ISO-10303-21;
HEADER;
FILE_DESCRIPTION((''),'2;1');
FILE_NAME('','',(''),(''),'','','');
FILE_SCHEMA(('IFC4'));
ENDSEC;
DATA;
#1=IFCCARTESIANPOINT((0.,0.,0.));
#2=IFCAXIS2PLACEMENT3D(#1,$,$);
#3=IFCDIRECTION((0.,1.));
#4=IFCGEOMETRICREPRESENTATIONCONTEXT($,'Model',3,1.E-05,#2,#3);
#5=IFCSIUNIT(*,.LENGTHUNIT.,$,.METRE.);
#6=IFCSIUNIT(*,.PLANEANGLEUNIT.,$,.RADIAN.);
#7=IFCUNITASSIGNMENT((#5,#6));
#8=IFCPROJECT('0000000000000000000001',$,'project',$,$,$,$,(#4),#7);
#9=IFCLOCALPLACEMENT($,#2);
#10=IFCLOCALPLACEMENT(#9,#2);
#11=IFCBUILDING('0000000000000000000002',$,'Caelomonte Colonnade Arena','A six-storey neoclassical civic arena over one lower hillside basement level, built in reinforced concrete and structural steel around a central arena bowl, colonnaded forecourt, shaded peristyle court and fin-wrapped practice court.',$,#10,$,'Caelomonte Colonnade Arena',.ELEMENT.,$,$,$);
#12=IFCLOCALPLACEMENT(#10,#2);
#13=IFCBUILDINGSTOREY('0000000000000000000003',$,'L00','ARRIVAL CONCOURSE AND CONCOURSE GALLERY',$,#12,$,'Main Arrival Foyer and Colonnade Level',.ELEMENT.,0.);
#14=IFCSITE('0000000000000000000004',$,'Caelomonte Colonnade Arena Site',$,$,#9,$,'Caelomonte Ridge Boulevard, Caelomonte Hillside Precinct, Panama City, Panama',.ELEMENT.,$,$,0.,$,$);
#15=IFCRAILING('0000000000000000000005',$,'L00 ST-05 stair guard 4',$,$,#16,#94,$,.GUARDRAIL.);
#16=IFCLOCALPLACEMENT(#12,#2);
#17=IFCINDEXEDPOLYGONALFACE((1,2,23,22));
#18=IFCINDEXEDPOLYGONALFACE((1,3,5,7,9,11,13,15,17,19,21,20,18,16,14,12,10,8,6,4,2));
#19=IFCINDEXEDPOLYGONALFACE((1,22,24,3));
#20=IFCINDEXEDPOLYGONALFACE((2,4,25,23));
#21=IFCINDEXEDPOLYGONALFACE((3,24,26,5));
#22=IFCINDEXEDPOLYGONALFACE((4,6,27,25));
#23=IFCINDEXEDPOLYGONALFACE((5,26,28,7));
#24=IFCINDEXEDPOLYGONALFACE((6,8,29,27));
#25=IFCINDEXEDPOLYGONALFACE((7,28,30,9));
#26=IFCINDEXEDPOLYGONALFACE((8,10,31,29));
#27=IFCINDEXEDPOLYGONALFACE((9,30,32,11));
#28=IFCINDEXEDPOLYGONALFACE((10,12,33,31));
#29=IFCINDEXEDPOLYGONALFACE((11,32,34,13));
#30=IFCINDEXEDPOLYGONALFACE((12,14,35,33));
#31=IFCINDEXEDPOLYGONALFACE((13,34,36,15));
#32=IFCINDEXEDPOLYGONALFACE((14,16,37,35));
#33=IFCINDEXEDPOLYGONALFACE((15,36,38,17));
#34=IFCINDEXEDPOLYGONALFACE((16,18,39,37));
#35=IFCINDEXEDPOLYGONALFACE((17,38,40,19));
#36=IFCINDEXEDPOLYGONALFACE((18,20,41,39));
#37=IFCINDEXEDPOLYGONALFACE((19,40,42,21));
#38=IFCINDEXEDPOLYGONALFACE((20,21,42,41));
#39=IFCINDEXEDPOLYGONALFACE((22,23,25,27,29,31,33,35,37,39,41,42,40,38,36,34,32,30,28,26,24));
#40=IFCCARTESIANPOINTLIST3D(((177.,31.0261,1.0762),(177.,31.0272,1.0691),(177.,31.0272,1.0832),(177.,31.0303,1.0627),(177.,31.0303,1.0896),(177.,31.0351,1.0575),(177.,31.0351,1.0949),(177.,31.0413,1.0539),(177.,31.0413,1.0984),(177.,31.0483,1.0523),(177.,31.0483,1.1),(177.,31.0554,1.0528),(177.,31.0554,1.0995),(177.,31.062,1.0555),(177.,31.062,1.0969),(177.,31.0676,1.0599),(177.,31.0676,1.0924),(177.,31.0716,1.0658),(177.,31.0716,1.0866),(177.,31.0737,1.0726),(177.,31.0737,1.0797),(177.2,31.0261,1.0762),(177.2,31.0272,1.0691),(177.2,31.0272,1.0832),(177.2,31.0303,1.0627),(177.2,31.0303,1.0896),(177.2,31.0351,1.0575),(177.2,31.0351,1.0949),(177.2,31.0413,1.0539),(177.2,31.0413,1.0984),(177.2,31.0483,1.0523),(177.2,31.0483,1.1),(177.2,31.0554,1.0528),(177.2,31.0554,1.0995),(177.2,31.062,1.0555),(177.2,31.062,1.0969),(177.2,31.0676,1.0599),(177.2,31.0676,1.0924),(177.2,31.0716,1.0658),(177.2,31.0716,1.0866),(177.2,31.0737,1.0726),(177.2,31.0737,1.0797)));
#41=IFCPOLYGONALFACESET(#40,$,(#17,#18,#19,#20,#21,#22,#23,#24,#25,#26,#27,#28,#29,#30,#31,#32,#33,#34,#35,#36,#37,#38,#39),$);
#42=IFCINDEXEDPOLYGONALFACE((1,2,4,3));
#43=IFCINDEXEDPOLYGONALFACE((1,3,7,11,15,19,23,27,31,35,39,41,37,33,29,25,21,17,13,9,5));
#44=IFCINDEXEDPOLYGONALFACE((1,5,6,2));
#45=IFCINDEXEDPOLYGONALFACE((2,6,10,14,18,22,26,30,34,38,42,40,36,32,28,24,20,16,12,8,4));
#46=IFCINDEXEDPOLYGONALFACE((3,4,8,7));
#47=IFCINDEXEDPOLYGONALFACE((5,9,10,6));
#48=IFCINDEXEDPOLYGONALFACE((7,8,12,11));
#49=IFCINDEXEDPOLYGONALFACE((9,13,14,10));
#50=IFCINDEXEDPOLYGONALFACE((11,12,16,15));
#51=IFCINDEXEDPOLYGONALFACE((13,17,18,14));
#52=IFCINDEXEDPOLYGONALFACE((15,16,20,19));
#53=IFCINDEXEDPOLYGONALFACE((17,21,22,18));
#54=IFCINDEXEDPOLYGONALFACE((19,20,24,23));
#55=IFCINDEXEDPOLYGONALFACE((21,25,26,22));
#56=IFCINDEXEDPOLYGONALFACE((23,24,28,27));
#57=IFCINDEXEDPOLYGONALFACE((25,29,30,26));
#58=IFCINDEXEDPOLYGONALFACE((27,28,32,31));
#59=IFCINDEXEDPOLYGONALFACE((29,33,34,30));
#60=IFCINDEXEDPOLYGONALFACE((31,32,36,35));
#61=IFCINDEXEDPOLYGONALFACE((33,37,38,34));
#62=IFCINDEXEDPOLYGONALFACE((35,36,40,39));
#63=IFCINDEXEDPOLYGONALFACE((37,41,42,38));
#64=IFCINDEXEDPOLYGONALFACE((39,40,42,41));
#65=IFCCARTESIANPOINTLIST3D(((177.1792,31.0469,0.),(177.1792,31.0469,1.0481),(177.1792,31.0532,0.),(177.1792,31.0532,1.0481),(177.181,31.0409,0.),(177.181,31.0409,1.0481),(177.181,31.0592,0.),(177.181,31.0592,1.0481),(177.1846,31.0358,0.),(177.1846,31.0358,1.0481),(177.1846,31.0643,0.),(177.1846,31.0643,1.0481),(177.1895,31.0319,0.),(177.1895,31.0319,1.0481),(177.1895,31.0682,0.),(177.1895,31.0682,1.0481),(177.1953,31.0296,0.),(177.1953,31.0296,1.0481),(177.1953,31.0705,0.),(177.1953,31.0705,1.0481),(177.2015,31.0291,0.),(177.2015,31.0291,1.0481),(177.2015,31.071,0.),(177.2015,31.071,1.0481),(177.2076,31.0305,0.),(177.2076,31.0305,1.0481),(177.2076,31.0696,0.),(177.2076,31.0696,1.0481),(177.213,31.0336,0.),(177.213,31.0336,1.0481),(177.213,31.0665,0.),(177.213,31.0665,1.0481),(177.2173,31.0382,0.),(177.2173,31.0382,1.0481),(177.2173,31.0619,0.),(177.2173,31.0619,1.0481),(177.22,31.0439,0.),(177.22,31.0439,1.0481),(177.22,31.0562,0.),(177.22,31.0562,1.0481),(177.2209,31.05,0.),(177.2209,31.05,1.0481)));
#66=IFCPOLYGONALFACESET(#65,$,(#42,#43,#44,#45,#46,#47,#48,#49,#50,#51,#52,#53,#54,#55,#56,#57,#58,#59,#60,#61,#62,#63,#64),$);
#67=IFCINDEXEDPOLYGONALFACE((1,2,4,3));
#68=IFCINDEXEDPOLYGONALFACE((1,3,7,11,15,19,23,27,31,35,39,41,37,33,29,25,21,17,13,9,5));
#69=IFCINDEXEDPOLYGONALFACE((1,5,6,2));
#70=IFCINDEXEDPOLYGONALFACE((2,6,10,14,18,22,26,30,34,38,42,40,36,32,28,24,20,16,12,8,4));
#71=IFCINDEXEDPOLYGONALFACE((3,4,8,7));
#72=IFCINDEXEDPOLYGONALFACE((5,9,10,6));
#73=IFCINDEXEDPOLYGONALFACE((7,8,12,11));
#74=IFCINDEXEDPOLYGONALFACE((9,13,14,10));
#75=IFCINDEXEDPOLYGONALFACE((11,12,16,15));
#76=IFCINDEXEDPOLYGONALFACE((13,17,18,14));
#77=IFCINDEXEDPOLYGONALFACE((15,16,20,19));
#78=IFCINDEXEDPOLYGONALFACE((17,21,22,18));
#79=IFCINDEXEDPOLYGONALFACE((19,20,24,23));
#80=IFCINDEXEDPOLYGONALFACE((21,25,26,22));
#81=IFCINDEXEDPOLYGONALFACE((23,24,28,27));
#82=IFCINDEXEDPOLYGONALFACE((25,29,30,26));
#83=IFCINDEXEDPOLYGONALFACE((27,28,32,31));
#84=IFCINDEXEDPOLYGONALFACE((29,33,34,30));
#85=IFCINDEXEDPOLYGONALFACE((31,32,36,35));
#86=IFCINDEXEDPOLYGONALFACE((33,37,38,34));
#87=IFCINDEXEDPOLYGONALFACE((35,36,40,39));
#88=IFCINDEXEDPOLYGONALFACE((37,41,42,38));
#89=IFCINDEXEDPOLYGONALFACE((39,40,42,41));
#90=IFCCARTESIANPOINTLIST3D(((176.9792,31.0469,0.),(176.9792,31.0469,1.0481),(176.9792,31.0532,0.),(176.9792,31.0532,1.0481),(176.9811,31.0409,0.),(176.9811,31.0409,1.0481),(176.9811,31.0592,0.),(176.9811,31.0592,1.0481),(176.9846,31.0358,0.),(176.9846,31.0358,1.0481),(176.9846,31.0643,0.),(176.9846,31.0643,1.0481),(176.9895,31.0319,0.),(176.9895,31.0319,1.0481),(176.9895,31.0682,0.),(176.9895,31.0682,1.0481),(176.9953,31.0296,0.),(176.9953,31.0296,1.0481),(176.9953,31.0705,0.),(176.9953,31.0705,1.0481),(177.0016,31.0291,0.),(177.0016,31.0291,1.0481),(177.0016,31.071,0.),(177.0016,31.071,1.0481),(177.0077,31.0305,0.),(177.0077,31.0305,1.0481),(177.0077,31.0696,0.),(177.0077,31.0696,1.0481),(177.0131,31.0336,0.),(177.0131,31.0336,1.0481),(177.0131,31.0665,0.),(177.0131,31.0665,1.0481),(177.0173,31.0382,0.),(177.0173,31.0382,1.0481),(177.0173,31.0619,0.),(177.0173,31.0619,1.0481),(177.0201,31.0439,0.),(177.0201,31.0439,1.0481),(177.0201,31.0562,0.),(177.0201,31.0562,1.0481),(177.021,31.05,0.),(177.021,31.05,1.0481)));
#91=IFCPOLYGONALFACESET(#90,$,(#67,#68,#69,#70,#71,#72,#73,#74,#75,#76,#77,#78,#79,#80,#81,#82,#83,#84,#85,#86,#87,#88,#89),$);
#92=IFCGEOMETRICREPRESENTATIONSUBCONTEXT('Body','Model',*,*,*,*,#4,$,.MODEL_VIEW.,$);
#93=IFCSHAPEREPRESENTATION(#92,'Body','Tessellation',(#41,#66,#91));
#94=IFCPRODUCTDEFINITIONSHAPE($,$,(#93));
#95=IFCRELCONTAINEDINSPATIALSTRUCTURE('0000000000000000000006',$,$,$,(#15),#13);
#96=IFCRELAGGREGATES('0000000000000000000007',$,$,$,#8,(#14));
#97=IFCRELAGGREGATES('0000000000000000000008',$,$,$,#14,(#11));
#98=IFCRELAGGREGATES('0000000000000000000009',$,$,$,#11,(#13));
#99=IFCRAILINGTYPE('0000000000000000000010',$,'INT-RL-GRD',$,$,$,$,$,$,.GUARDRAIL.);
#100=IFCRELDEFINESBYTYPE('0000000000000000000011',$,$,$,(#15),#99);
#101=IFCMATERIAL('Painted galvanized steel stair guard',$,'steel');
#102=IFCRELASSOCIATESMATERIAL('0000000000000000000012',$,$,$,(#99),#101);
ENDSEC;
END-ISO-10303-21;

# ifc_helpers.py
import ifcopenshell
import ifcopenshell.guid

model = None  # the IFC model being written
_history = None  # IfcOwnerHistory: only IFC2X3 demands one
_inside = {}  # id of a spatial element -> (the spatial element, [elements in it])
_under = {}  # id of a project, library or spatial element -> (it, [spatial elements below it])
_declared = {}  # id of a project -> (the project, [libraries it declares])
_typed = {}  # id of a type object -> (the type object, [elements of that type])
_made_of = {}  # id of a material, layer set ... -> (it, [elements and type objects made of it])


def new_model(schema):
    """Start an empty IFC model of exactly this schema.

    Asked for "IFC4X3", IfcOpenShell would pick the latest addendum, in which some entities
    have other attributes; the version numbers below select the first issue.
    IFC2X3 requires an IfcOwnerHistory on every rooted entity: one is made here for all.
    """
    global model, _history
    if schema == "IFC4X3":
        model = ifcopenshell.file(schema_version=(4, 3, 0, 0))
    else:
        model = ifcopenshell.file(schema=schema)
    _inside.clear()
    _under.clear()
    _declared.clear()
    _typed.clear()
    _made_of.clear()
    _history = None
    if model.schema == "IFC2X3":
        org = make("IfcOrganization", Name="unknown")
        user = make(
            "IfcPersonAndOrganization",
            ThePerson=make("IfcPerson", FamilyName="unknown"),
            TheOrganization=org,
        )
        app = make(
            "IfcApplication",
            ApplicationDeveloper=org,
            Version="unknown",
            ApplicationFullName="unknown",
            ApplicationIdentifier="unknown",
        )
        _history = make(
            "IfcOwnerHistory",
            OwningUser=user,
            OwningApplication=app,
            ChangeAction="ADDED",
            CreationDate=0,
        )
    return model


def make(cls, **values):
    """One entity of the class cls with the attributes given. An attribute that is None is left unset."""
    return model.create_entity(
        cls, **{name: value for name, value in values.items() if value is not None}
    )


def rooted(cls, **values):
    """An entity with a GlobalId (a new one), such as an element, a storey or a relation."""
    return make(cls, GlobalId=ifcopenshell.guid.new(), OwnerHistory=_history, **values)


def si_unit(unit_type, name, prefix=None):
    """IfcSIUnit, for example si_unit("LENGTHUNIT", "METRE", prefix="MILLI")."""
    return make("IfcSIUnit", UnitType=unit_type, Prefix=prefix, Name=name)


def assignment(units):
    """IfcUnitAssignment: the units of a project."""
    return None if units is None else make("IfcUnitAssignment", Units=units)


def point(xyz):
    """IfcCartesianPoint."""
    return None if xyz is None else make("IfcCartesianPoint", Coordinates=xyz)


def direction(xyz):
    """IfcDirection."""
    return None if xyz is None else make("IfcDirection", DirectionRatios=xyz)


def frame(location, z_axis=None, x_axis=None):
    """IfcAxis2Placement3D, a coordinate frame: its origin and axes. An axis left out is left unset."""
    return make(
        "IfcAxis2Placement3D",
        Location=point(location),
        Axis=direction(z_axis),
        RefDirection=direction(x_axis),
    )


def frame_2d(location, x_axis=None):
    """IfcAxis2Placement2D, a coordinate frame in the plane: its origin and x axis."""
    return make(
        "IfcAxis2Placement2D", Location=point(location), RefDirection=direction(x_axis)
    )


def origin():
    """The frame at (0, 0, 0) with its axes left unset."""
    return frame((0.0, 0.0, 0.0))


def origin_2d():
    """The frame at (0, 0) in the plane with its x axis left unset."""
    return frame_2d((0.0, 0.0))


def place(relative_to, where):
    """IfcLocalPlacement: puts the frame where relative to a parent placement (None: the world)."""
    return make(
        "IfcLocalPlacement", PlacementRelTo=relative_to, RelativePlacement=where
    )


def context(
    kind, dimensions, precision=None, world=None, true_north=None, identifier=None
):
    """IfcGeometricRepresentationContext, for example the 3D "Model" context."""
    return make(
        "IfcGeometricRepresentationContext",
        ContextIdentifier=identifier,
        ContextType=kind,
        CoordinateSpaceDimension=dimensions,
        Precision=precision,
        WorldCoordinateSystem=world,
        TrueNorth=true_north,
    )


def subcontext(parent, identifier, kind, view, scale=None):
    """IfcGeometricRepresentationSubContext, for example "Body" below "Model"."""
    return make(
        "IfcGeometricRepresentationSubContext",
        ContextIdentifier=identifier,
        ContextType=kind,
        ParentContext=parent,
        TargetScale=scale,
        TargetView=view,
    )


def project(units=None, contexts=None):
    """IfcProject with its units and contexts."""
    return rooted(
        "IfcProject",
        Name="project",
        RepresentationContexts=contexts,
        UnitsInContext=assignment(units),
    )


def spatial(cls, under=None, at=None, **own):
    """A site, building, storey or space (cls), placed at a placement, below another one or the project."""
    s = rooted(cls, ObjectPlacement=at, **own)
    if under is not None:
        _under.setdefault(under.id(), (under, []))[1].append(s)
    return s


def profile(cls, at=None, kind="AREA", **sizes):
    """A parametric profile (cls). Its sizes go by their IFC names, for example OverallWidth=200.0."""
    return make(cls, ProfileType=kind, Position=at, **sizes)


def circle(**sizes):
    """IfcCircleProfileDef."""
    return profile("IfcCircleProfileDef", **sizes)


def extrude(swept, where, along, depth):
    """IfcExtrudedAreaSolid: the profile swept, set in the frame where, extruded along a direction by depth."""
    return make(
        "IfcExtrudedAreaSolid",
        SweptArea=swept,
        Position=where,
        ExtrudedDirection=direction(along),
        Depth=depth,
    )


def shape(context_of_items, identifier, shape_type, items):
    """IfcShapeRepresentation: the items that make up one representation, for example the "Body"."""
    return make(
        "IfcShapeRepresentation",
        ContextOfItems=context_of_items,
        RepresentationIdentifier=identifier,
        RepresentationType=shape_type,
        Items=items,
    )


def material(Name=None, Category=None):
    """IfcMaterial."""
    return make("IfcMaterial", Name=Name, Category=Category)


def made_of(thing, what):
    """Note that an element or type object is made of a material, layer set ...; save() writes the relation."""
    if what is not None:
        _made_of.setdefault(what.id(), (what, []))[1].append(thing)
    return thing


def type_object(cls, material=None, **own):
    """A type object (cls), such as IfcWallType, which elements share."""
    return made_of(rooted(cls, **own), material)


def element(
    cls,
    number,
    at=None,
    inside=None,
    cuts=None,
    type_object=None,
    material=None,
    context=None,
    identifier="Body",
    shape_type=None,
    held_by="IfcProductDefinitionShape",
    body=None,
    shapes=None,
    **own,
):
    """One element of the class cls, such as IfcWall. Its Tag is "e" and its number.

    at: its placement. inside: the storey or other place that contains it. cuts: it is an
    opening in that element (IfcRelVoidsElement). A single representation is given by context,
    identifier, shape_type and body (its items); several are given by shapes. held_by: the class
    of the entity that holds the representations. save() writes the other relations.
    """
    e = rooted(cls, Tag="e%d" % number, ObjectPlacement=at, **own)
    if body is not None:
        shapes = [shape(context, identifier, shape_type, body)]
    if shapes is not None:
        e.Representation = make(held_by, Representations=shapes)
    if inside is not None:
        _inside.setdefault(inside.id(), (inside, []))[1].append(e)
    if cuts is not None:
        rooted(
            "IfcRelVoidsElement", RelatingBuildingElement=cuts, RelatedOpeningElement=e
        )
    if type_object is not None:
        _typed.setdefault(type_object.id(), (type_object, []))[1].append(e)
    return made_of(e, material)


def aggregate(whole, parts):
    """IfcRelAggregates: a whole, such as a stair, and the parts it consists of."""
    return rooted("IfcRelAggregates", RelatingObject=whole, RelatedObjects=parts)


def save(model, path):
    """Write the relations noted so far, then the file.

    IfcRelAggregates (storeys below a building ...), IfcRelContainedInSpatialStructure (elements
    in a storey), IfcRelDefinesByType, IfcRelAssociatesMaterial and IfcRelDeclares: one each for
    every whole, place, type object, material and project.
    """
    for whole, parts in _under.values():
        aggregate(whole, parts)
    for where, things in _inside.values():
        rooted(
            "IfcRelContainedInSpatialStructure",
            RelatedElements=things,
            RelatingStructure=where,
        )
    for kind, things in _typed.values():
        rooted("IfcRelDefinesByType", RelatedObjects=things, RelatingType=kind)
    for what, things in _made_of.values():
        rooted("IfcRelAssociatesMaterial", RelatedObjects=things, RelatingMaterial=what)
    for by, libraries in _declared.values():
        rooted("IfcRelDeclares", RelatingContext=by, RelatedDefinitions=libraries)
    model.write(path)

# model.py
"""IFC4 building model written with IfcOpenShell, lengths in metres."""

from ifc_helpers import new_model, si_unit, direction, frame, origin, origin_2d, place, context, subcontext, project, spatial, circle, extrude, material, type_object, element, save


model = new_model("IFC4")

# Units and contexts
model_context = context("Model", 3, precision=1e-05, world=origin(), true_north=direction((0.0, 1.0)))
body_context = subcontext(model_context, "Body", "Model", "MODEL_VIEW")
ifc_project = project(units=[si_unit("LENGTHUNIT", "METRE"), si_unit("PLANEANGLEUNIT", "RADIAN")], contexts=[model_context])

# Site, building, storey
site_placement = place(None, origin())
site = spatial("IfcSite", under=ifc_project, at=site_placement, Name="Caelomonte Colonnade Arena Site", LongName="Caelomonte Ridge Boulevard, Caelomonte Hillside Precinct, Panama City, Panama", CompositionType="ELEMENT", RefElevation=0.0)
building_placement = place(site_placement, origin())
building = spatial("IfcBuilding", under=site, at=building_placement, Name="Caelomonte Colonnade Arena", Description="A six-storey neoclassical civic arena over one lower hillside basement level, built in reinforced concrete and structural steel around a central arena bowl, colonnaded forecourt, shaded peristyle court and fin-wrapped practice court.", LongName="Caelomonte Colonnade Arena", CompositionType="ELEMENT")
storey_placement = place(building_placement, origin())
storey = spatial("IfcBuildingStorey", under=building, at=storey_placement, Name="L00", Description="ARRIVAL CONCOURSE AND CONCOURSE GALLERY", LongName="Main Arrival Foyer and Colonnade Level", CompositionType="ELEMENT", Elevation=0.0)

# Railing
ifc_material_1 = material(Name="Painted galvanized steel stair guard", Category="steel")
railing_type = type_object("IfcRailingType", Name="INT-RL-GRD", PredefinedType="GUARDRAIL", material=ifc_material_1)
railing_1_placement = place(storey_placement, frame((177.2, 31.05, 0.0)))
element("IfcRailing", 1, at=railing_1_placement, inside=storey, type_object=railing_type, Name="L00 ST-05 stair guard 4", PredefinedType="GUARDRAIL", context=body_context, shape_type="SweptSolid", body=[
    extrude(circle(Radius=0.0239, at=origin_2d()), frame((0.0, 0.0, 1.0762), z_axis=(-1.0, 0.0, 0.0), x_axis=(0.0, -1.0, 0.0)), (0.0, 0.0, 1.0), 0.2),
    extrude(circle(Radius=0.021, at=origin_2d()), origin(), (0.0, 0.0, 1.0), 1.0481),
    extrude(circle(Radius=0.021, at=origin_2d()), frame((-0.2, 0.0, 0.0)), (0.0, 0.0, 1.0), 1.0481),
])

save(model, "model.ifc")
